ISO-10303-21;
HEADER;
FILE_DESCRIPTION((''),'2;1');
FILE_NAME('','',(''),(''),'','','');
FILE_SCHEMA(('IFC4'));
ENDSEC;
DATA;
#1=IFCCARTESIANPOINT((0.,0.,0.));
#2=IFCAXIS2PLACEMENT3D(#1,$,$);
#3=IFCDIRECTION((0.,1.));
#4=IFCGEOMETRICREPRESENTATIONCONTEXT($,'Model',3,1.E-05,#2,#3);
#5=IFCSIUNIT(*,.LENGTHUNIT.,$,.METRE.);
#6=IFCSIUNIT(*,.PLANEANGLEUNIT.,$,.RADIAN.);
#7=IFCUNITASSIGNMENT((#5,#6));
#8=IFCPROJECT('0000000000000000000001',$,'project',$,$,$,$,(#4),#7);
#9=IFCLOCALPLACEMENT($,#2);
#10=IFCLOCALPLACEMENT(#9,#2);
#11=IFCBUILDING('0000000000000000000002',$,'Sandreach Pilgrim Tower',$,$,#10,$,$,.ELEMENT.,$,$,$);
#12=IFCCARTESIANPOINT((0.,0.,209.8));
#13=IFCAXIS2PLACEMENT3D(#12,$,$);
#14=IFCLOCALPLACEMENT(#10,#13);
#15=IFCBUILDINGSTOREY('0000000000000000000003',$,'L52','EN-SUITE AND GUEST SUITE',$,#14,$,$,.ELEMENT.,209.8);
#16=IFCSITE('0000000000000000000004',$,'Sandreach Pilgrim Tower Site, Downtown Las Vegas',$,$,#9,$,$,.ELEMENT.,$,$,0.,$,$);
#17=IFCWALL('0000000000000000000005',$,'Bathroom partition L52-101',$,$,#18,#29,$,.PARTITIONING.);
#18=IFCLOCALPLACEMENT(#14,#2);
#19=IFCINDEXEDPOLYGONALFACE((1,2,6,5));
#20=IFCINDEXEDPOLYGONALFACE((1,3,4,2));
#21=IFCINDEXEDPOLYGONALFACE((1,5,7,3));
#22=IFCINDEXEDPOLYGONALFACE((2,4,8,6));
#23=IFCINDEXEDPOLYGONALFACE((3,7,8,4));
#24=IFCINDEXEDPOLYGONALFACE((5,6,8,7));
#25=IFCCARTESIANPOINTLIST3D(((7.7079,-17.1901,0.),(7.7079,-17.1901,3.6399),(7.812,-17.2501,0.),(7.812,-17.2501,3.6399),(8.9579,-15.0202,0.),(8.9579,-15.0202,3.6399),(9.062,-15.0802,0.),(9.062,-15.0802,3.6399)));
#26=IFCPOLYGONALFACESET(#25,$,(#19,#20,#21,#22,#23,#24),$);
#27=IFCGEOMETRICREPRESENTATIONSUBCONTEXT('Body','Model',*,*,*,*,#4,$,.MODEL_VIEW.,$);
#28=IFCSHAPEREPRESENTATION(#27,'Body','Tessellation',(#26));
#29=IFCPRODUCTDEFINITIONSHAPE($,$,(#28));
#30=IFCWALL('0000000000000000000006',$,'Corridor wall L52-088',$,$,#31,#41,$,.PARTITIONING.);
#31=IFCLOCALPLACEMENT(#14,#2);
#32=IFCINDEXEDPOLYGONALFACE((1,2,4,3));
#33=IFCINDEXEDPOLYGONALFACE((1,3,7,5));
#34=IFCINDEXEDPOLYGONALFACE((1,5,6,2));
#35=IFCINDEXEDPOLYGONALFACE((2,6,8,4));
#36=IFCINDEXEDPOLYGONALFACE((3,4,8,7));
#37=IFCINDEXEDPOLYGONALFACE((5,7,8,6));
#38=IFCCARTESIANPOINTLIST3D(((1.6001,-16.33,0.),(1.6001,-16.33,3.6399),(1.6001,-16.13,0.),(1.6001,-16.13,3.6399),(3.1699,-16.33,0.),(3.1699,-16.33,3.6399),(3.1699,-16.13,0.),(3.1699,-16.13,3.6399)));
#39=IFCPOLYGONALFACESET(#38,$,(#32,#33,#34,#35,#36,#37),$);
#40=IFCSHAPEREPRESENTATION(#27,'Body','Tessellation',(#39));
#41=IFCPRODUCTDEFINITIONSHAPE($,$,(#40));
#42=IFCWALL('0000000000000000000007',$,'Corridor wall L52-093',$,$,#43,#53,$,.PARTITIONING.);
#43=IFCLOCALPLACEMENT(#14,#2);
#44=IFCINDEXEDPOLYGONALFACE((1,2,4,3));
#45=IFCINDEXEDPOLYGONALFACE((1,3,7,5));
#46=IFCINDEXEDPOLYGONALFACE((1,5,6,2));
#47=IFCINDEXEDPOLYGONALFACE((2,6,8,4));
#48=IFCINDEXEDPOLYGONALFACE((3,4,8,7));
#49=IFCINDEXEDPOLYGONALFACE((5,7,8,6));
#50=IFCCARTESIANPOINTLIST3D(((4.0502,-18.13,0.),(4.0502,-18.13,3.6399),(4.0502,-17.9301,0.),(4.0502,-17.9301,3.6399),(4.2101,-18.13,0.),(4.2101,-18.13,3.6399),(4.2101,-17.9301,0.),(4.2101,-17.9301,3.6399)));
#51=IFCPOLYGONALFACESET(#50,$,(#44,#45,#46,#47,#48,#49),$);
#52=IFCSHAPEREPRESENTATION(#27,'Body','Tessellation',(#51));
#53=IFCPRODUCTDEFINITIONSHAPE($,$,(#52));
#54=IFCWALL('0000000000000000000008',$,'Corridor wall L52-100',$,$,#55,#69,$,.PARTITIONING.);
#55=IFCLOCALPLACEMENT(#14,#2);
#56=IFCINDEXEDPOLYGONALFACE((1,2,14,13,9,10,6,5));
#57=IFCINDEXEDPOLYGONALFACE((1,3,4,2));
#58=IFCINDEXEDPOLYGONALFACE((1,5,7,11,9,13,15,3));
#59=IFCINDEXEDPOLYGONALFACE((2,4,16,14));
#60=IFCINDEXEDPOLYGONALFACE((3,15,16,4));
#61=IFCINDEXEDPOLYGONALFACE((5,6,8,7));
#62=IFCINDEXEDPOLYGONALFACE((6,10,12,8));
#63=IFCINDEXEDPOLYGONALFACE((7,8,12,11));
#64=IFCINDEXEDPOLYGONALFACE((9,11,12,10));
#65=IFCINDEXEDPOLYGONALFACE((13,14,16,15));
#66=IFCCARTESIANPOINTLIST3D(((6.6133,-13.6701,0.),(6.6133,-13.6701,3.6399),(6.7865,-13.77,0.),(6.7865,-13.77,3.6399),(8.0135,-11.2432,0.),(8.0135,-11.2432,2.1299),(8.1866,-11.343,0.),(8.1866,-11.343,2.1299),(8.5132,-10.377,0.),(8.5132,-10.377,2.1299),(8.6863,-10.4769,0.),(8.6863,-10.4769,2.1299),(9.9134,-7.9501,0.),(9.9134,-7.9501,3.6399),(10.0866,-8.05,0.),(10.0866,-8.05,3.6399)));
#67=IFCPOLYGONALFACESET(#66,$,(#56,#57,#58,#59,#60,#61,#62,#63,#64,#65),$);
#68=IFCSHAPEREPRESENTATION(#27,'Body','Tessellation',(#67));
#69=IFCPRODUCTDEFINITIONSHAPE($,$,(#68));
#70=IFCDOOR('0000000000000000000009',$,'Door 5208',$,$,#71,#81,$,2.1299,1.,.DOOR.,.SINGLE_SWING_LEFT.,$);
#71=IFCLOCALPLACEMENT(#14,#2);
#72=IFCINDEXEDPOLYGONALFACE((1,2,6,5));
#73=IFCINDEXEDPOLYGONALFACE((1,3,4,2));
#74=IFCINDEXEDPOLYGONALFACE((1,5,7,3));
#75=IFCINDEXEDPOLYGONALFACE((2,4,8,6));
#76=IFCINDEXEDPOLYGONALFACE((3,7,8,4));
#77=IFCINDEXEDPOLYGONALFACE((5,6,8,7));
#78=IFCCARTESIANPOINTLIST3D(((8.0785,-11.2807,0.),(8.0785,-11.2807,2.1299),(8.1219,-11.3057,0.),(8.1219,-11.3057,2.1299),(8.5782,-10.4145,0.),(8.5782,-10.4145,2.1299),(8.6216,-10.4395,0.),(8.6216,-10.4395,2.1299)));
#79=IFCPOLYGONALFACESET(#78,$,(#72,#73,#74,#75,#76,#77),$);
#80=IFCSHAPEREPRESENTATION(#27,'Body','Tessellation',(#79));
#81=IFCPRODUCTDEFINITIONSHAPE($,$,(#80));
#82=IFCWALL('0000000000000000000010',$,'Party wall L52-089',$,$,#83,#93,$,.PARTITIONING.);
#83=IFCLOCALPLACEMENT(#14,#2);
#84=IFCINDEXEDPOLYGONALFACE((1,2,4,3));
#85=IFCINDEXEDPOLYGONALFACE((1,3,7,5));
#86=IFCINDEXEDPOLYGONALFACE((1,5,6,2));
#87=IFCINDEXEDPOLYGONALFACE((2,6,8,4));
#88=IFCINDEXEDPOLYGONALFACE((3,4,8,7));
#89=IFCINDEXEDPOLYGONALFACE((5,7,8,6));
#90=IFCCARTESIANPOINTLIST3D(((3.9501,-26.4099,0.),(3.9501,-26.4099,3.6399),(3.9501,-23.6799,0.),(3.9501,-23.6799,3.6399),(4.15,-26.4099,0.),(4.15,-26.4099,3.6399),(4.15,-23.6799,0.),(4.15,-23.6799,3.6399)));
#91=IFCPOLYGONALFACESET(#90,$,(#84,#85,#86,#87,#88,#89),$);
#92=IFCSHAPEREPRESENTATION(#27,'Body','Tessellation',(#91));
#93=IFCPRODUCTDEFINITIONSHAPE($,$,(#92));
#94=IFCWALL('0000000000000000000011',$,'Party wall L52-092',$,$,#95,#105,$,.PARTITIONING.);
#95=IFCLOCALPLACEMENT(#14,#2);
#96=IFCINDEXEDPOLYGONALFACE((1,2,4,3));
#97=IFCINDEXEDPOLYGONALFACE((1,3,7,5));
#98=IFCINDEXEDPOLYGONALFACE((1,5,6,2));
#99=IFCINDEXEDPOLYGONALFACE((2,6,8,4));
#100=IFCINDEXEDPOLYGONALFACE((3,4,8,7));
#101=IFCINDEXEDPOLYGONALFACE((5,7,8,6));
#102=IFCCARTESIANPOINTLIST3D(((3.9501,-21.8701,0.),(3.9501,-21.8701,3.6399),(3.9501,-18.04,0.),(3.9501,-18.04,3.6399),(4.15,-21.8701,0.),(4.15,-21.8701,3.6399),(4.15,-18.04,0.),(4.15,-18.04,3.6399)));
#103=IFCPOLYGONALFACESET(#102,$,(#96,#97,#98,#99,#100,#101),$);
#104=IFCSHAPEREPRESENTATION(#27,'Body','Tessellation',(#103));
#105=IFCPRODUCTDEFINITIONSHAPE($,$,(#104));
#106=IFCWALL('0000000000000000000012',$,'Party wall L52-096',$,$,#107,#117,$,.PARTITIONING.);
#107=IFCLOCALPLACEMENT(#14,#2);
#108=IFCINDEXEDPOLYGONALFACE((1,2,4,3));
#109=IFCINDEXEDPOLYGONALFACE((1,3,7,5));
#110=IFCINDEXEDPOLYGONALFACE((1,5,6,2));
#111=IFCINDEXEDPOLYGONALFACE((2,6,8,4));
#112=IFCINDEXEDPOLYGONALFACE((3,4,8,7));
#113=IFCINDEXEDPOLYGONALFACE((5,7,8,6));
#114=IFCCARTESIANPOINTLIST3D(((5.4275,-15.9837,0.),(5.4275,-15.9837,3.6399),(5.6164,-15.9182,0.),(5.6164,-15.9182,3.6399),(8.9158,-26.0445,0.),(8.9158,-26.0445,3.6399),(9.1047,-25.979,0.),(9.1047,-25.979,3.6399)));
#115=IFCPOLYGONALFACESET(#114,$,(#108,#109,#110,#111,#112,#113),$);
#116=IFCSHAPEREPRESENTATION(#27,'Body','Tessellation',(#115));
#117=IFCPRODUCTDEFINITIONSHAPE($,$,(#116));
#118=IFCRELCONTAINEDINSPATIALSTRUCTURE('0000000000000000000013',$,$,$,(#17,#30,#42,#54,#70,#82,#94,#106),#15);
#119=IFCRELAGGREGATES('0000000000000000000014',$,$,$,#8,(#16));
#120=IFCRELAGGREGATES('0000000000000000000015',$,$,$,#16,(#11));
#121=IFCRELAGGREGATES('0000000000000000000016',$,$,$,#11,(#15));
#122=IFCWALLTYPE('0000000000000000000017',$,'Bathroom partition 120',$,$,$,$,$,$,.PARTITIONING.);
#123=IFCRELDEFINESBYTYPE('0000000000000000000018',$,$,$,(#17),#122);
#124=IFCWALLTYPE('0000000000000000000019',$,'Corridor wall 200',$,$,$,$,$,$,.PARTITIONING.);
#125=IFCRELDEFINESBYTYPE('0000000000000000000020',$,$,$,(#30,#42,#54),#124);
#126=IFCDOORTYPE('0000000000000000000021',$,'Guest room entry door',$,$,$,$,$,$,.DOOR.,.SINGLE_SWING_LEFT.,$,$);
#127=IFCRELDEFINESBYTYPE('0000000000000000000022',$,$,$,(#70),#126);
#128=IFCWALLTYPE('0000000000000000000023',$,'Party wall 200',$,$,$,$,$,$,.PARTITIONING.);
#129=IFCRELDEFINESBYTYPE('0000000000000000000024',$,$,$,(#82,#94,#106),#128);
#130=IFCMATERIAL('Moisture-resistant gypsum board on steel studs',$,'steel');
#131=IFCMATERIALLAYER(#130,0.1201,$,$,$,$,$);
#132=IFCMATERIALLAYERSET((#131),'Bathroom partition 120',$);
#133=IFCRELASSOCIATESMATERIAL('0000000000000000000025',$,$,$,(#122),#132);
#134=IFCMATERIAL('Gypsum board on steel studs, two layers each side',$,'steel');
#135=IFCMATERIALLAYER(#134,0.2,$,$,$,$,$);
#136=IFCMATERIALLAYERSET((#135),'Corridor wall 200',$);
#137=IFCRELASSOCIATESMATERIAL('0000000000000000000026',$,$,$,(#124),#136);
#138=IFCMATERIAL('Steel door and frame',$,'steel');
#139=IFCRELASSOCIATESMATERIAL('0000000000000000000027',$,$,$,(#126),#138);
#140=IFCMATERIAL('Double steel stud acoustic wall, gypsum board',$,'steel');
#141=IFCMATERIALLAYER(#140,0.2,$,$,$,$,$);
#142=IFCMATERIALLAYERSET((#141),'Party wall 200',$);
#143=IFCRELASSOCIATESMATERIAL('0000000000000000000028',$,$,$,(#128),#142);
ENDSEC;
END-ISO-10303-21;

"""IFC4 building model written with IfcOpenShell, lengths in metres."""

from ifc_helpers import new_model, si_unit, direction, frame, frame_2d, origin, place, context, subcontext, project, spatial, rectangle, extrude, material, layer, layer_set, type_object, element, fill, save


model = new_model("IFC4")

# Units and contexts
model_context = context("Model", 3, precision=1e-05, world=origin(), true_north=direction((0.0, 1.0)))
body_context = subcontext(model_context, "Body", "Model", "MODEL_VIEW")
ifc_project = project(units=[si_unit("LENGTHUNIT", "METRE"), si_unit("PLANEANGLEUNIT", "RADIAN")], contexts=[model_context])

# Site, building, storey
site_placement = place(None, origin())
site = spatial("IfcSite", under=ifc_project, at=site_placement, Name="Sandreach Pilgrim Tower Site, Downtown Las Vegas", CompositionType="ELEMENT", RefElevation=0.0)
building_placement = place(site_placement, origin())
building = spatial("IfcBuilding", under=site, at=building_placement, Name="Sandreach Pilgrim Tower", CompositionType="ELEMENT")
storey_placement = place(building_placement, frame((0.0, 0.0, 209.8)))
storey = spatial("IfcBuildingStorey", under=building, at=storey_placement, Name="L52", Description="EN-SUITE AND GUEST SUITE", CompositionType="ELEMENT", Elevation=209.8)

# Shared definitions
ifc_material_1 = material(Name="Moisture-resistant gypsum board on steel studs", Category="steel")
ifc_layer_1 = layer(ifc_material_1, 0.1201)
ifc_layer_set_1 = layer_set([ifc_layer_1], Name="Bathroom partition 120")
wall_type_1 = type_object("IfcWallType", Name="Bathroom partition 120", PredefinedType="PARTITIONING", material=ifc_layer_set_1)

# Wall
wall_1_placement = place(storey_placement, frame((7.76, -17.22, 0.0), z_axis=(0.0, 0.0, 1.0), x_axis=(0.49916, 0.86651, 0.0)))
element("IfcWall", 1, at=wall_1_placement, inside=storey, type_object=wall_type_1, Name="Bathroom partition L52-101", PredefinedType="PARTITIONING", context=body_context, shape_type="SweptSolid", body=[
    extrude(rectangle(XDim=2.5042, YDim=0.1201, at=frame_2d((1.252, 0.0))), origin(), (0.0, 0.0, 1.0), 3.6399),
])

# Shared definitions
ifc_material_2 = material(Name="Gypsum board on steel studs, two layers each side", Category="steel")
ifc_layer_2 = layer(ifc_material_2, 0.2)
ifc_layer_set_2 = layer_set([ifc_layer_2], Name="Corridor wall 200")
wall_type_2 = type_object("IfcWallType", Name="Corridor wall 200", PredefinedType="PARTITIONING", material=ifc_layer_set_2)

# Walls
wall_2_placement = place(storey_placement, frame((3.1699, -16.23, 0.0), z_axis=(0.0, 0.0, 1.0), x_axis=(-1.0, 0.0, 0.0)))
element("IfcWall", 2, at=wall_2_placement, inside=storey, type_object=wall_type_2, Name="Corridor wall L52-088", PredefinedType="PARTITIONING", context=body_context, shape_type="SweptSolid", body=[
    extrude(rectangle(XDim=1.5698, YDim=0.2, at=frame_2d((0.7849, 0.0))), origin(), (0.0, 0.0, 1.0), 3.6399),
])
wall_3_placement = place(storey_placement, frame((4.05, -18.03, 0.0), z_axis=(0.0, 0.0, 1.0), x_axis=(1.0, 0.0, 0.0)))
element("IfcWall", 3, at=wall_3_placement, inside=storey, type_object=wall_type_2, Name="Corridor wall L52-093", PredefinedType="PARTITIONING", context=body_context, shape_type="SweptSolid", body=[
    extrude(rectangle(XDim=0.1599, YDim=0.2, at=frame_2d((0.0801, 0.0))), origin(), (0.0, 0.0, 1.0), 3.6399),
])

# Wall, opening, door
ifc_material_3 = material(Name="Steel door and frame", Category="steel")
door_type_1 = type_object("IfcDoorType", Name="Guest room entry door", OperationType="SINGLE_SWING_LEFT", PredefinedType="DOOR", material=ifc_material_3)
wall_4_placement = place(storey_placement, frame((6.7, -13.72, 0.0), z_axis=(0.0, 0.0, 1.0), x_axis=(0.49973, 0.866181, 0.0)))
wall_4 = element("IfcWall", 4, at=wall_4_placement, inside=storey, type_object=wall_type_2, Name="Corridor wall L52-100", PredefinedType="PARTITIONING", context=body_context, shape_type="SweptSolid", body=[
    extrude(rectangle(XDim=6.6038, YDim=0.2, at=frame_2d((3.3018, 0.0))), origin(), (0.0, 0.0, 1.0), 3.6399),
])
opening_1_placement = place(wall_4_placement, frame((2.8018, 0.0, 0.0)))
opening_1 = element("IfcOpeningElement", 5, at=opening_1_placement, cuts=wall_4, PredefinedType="OPENING", context=body_context, shape_type="SweptSolid", body=[
    extrude(rectangle(XDim=1.0, YDim=2.1299, at=frame_2d((0.5, 1.0649))), frame((0.0, 0.1001, 0.0), z_axis=(0.0, -1.0, 0.0), x_axis=(1.0, 0.0, 0.0)), (0.0, 0.0, 1.0), 0.2),
])
door_1_placement = place(opening_1_placement, origin())
door_1 = element("IfcDoor", 6, at=door_1_placement, inside=storey, type_object=door_type_1, Name="Door 5208", OperationType="SINGLE_SWING_LEFT", OverallHeight=2.1299, OverallWidth=1.0, PredefinedType="DOOR", context=body_context, shape_type="SweptSolid", body=[
    extrude(rectangle(XDim=1.0, YDim=2.1299, at=frame_2d((0.5, 1.0649))), frame((0.0, 0.0249, 0.0), z_axis=(0.0, -1.0, 0.0), x_axis=(1.0, 0.0, 0.0)), (0.0, 0.0, 1.0), 0.05),
])
fill(opening_1, door_1)

# Walls
ifc_material_4 = material(Name="Double steel stud acoustic wall, gypsum board", Category="steel")
ifc_layer_3 = layer(ifc_material_4, 0.2)
ifc_layer_set_3 = layer_set([ifc_layer_3], Name="Party wall 200")
wall_type_3 = type_object("IfcWallType", Name="Party wall 200", PredefinedType="PARTITIONING", material=ifc_layer_set_3)
wall_5_placement = place(storey_placement, frame((4.05, -26.4099, 0.0), z_axis=(0.0, 0.0, 1.0), x_axis=(0.0, 1.0, 0.0)))
element("IfcWall", 7, at=wall_5_placement, inside=storey, type_object=wall_type_3, Name="Party wall L52-089", PredefinedType="PARTITIONING", context=body_context, shape_type="SweptSolid", body=[
    extrude(rectangle(XDim=2.73, YDim=0.2, at=frame_2d((1.365, 0.0))), origin(), (0.0, 0.0, 1.0), 3.6399),
])
wall_6_placement = place(storey_placement, frame((4.05, -21.8701, 0.0), z_axis=(0.0, 0.0, 1.0), x_axis=(0.0, 1.0, 0.0)))
element("IfcWall", 8, at=wall_6_placement, inside=storey, type_object=wall_type_3, Name="Party wall L52-092", PredefinedType="PARTITIONING", context=body_context, shape_type="SweptSolid", body=[
    extrude(rectangle(XDim=3.8301, YDim=0.2, at=frame_2d((1.915, 0.0))), origin(), (0.0, 0.0, 1.0), 3.6399),
])
wall_7_placement = place(storey_placement, frame((5.522, -15.9509, 0.0), z_axis=(0.0, 0.0, 1.0), x_axis=(0.327589, -0.94482, 0.0)))
element("IfcWall", 9, at=wall_7_placement, inside=storey, type_object=wall_type_3, Name="Party wall L52-096", PredefinedType="PARTITIONING", context=body_context, shape_type="SweptSolid", body=[
    extrude(rectangle(XDim=10.6484, YDim=0.2, at=frame_2d((5.3242, 0.0))), origin(), (0.0, 0.0, 1.0), 3.6399),
])

save(model, "model.ifc")
